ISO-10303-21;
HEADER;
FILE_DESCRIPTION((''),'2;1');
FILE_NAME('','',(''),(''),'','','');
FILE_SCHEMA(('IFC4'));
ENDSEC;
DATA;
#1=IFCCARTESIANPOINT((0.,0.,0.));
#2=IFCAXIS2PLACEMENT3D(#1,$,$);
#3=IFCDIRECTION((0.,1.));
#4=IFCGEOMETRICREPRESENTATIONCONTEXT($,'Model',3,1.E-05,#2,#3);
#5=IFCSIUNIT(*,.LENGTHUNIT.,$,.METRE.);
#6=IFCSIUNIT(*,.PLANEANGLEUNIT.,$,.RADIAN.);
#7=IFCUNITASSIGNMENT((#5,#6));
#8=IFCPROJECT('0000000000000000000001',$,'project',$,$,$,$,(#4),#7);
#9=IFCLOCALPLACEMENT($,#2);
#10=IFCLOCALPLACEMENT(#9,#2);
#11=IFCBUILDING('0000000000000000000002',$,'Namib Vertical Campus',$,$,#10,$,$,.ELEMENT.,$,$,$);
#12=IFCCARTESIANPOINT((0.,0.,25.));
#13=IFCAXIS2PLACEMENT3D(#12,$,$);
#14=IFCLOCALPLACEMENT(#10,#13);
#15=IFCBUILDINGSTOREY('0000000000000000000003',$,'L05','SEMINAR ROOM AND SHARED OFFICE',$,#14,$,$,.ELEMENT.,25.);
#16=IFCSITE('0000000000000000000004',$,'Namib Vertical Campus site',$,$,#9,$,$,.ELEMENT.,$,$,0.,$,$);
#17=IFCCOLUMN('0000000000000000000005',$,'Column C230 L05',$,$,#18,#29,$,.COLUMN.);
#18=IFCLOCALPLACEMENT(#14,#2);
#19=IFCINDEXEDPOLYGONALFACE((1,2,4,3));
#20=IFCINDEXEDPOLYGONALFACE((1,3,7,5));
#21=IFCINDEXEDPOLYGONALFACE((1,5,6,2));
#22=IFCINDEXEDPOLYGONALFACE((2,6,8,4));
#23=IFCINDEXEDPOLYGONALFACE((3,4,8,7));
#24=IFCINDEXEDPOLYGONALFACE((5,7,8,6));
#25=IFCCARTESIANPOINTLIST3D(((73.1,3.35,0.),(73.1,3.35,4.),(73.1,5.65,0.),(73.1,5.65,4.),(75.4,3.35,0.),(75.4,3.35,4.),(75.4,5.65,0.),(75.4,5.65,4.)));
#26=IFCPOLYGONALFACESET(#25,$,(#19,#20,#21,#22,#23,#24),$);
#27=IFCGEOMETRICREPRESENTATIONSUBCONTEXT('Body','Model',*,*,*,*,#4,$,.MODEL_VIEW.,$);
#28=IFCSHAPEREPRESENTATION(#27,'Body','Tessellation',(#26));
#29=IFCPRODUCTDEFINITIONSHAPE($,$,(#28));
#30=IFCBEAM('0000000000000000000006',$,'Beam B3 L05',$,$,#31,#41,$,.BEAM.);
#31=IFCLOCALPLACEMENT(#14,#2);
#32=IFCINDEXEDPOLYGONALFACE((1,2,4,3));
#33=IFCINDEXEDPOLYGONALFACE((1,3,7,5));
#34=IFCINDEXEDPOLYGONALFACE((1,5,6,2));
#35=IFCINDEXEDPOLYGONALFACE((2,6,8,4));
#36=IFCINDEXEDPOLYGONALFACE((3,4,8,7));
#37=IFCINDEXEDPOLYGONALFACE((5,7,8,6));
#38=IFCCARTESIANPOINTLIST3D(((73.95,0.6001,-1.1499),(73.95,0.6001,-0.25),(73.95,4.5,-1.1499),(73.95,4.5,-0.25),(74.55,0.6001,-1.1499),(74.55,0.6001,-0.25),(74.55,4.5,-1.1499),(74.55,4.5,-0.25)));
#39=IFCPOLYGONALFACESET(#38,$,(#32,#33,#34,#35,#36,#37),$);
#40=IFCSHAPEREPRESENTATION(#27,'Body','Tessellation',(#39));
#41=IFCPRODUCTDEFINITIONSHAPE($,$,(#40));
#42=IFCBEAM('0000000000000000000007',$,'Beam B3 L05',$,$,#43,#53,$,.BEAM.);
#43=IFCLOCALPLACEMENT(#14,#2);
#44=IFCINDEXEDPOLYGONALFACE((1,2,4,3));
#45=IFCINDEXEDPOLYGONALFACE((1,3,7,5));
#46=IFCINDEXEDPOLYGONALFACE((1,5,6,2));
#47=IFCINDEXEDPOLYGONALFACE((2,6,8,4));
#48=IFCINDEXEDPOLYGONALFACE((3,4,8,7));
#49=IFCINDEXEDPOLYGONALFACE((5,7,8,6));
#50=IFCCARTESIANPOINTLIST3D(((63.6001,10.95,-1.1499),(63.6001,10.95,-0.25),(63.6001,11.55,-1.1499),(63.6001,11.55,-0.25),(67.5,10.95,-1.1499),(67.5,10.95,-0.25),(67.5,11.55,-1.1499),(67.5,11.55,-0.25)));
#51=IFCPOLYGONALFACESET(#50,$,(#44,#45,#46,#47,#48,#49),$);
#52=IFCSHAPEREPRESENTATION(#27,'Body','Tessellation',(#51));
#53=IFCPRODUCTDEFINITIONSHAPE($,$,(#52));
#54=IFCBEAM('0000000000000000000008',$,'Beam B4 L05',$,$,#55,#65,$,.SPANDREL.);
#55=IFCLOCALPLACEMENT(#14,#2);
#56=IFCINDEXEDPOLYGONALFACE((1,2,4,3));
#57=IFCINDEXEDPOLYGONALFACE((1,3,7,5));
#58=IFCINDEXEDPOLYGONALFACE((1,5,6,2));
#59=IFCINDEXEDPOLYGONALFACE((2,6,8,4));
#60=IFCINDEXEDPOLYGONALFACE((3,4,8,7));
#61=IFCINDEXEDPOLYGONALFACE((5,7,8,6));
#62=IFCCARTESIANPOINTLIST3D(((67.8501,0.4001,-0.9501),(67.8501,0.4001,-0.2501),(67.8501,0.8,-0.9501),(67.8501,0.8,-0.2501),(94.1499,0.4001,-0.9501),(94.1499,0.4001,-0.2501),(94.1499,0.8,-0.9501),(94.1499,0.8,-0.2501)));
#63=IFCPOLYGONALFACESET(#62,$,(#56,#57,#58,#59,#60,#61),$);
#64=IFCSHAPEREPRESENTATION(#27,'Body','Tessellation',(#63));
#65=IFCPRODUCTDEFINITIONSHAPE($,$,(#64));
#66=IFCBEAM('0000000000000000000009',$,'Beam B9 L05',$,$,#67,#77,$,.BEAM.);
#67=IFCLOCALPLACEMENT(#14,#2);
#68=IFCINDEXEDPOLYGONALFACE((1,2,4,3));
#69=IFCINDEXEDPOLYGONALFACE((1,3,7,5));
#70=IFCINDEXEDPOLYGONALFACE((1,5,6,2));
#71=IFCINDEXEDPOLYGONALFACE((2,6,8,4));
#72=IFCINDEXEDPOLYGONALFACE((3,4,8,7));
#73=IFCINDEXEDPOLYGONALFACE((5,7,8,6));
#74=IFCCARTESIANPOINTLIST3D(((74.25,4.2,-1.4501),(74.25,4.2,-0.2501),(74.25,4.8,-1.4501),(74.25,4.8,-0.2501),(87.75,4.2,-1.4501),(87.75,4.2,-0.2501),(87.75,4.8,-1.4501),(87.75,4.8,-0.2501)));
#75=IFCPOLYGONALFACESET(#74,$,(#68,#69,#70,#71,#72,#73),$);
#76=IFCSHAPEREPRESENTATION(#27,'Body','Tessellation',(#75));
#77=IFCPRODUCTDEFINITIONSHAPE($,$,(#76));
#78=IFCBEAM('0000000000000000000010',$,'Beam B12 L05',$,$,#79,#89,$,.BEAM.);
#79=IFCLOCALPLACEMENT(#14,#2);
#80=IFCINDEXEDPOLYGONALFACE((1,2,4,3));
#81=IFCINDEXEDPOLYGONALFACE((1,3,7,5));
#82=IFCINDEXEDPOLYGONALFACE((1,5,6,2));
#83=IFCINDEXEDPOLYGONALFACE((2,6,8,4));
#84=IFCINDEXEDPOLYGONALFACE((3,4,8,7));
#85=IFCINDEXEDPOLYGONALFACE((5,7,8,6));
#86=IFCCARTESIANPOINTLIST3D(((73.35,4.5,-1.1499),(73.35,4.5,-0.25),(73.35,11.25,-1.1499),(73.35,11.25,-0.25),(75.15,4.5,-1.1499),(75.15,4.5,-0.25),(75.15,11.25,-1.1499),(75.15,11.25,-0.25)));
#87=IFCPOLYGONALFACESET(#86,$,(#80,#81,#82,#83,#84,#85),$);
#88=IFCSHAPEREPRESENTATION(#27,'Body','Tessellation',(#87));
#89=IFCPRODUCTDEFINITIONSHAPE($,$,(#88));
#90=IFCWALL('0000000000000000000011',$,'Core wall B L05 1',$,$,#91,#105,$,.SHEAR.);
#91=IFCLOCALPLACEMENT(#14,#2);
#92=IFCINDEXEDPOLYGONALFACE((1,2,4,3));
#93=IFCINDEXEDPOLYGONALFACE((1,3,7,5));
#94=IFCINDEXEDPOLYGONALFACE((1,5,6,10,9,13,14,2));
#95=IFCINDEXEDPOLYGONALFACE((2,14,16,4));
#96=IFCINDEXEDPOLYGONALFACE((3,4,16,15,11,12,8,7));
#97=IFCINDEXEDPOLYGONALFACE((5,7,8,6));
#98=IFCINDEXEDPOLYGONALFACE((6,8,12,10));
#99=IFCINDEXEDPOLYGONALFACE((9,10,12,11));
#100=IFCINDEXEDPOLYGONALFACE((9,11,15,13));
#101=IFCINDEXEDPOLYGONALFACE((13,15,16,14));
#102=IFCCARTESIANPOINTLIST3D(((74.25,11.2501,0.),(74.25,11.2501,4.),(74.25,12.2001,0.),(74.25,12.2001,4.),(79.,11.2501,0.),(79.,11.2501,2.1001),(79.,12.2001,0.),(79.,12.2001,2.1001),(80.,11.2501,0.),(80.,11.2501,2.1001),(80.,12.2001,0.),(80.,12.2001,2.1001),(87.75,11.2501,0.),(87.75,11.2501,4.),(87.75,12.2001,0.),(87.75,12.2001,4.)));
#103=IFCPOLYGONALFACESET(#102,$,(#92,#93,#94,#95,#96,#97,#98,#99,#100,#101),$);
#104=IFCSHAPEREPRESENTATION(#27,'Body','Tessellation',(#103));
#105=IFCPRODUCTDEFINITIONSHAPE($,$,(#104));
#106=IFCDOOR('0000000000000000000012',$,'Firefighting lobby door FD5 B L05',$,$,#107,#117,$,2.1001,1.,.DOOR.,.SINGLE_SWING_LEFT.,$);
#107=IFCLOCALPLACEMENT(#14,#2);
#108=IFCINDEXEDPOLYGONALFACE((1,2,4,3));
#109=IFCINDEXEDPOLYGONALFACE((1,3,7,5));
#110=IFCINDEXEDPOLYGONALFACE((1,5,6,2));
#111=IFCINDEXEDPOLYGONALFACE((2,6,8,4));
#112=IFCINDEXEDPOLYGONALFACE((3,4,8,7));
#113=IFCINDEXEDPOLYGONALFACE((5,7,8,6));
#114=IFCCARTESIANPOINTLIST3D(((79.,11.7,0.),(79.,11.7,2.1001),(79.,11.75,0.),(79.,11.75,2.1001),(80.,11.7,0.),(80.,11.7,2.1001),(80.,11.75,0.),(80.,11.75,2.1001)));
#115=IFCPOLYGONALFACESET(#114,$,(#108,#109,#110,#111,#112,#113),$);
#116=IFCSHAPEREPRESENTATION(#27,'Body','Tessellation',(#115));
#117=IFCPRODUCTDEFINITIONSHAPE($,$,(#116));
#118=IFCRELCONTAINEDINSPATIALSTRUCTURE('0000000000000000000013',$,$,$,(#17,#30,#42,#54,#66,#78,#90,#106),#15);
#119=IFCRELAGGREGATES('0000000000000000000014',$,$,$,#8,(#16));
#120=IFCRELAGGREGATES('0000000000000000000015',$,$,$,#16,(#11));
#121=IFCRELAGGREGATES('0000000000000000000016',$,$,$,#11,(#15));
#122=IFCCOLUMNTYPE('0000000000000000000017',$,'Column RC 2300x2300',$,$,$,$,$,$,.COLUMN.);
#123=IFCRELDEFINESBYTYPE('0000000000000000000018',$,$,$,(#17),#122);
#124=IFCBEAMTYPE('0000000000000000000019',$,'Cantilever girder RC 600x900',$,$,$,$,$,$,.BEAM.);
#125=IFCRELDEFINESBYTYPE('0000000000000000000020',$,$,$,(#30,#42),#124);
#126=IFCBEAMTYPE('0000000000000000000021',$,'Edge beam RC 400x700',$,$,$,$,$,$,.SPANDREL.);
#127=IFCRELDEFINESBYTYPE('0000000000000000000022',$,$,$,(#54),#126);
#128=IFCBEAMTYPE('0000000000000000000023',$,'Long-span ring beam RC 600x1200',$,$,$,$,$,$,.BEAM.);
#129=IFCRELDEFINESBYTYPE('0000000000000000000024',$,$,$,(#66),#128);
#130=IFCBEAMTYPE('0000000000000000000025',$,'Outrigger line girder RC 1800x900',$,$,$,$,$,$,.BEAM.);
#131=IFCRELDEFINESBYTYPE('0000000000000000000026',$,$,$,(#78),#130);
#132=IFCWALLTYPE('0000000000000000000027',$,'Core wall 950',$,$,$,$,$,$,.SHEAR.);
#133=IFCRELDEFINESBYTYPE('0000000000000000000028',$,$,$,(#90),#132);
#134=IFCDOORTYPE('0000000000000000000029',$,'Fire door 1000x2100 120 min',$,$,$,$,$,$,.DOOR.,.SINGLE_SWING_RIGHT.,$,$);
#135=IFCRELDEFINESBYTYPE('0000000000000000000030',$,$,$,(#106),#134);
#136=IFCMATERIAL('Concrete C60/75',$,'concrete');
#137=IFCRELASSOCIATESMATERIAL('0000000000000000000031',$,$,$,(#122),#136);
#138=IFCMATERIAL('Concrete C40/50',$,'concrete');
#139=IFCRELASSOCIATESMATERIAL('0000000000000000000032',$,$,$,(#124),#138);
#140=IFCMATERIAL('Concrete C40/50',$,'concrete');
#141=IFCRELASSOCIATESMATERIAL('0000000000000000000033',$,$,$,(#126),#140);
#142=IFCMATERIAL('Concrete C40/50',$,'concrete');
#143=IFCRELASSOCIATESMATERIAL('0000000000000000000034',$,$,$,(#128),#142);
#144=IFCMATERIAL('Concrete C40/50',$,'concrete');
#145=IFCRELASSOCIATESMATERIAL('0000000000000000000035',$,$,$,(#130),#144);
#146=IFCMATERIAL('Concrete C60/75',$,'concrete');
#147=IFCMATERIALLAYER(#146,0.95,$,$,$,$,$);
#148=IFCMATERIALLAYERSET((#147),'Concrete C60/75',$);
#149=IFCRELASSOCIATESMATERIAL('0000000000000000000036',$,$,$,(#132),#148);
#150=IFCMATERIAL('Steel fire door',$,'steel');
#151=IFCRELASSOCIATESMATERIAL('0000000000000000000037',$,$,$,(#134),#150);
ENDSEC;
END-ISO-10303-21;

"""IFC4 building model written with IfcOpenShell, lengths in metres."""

from ifc_helpers import new_model, si_unit, direction, frame, frame_2d, origin, origin_2d, place, context, subcontext, project, spatial, rectangle, extrude, material, layer, layer_set, material_profile, profile_set, type_object, element, fill, save


model = new_model("IFC4")

# Units and contexts
model_context = context("Model", 3, precision=1e-05, world=origin(), true_north=direction((0.0, 1.0)))
body_context = subcontext(model_context, "Body", "Model", "MODEL_VIEW")
ifc_project = project(units=[si_unit("LENGTHUNIT", "METRE"), si_unit("PLANEANGLEUNIT", "RADIAN")], contexts=[model_context])

# Site, building, storey
site_placement = place(None, origin())
site = spatial("IfcSite", under=ifc_project, at=site_placement, Name="Namib Vertical Campus site", CompositionType="ELEMENT", RefElevation=0.0)
building_placement = place(site_placement, origin())
building = spatial("IfcBuilding", under=site, at=building_placement, Name="Namib Vertical Campus", CompositionType="ELEMENT")
storey_placement = place(building_placement, frame((0.0, 0.0, 25.0)))
storey = spatial("IfcBuildingStorey", under=building, at=storey_placement, Name="L05", Description="SEMINAR ROOM AND SHARED OFFICE", CompositionType="ELEMENT", Elevation=25.0)

# Column
ifc_material_1 = material(Name="Concrete C60/75", Category="concrete")
ifc_material_profile_1 = material_profile(ifc_material_1, rectangle(XDim=2.3, YDim=2.3, at=origin_2d()))
ifc_profile_set_1 = profile_set([ifc_material_profile_1], Name="Concrete C60/75")
column_type = type_object("IfcColumnType", Name="Column RC 2300x2300", PredefinedType="COLUMN", material=ifc_profile_set_1)
column_placement = place(storey_placement, frame((74.25, 4.5, 0.0), z_axis=(0.0, 0.0, 1.0), x_axis=(1.0, 0.0, 0.0)))
element("IfcColumn", 1, at=column_placement, inside=storey, type_object=column_type, Name="Column C230 L05", PredefinedType="COLUMN", context=body_context, shape_type="SweptSolid", body=[
    extrude(rectangle(XDim=2.3, YDim=2.3, at=origin_2d()), origin(), (0.0, 0.0, 1.0), 4.0),
])

# Beams
ifc_material_2 = material(Name="Concrete C40/50", Category="concrete")
ifc_material_profile_2 = material_profile(ifc_material_2, rectangle(XDim=0.6001, YDim=0.8999, at=origin_2d()))
ifc_profile_set_2 = profile_set([ifc_material_profile_2], Name="Concrete C40/50")
beam_type_1 = type_object("IfcBeamType", Name="Cantilever girder RC 600x900", PredefinedType="BEAM", material=ifc_profile_set_2)
for number, where, z_axis, x_axis, name in (
    (2, (74.25, 4.5, -0.7), (0.0, -1.0, 0.0), (1.0, 0.0, 0.0), "Beam B3 L05"),
    (3, (67.5, 11.25, -0.7), (-1.0, 0.0, 0.0), (0.0, -1.0, 0.0), "Beam B3 L05"),
):
    element("IfcBeam", number, at=place(storey_placement, frame(where, z_axis=z_axis, x_axis=x_axis)), inside=storey, type_object=beam_type_1, Name=name, PredefinedType="BEAM", context=body_context, shape_type="SweptSolid", body=[
        extrude(rectangle(XDim=0.6001, YDim=0.8999, at=origin_2d()), origin(), (0.0, 0.0, 1.0), 3.8999),
    ])
ifc_material_3 = material(Name="Concrete C40/50", Category="concrete")
ifc_material_profile_3 = material_profile(ifc_material_3, rectangle(XDim=0.3999, YDim=0.7, at=origin_2d()))
ifc_profile_set_3 = profile_set([ifc_material_profile_3], Name="Concrete C40/50")
beam_type_2 = type_object("IfcBeamType", Name="Edge beam RC 400x700", PredefinedType="SPANDREL", material=ifc_profile_set_3)
beam_1_placement = place(storey_placement, frame((67.8501, 0.6001, -0.6001), z_axis=(1.0, 0.0, 0.0), x_axis=(0.0, 1.0, 0.0)))
element("IfcBeam", 4, at=beam_1_placement, inside=storey, type_object=beam_type_2, Name="Beam B4 L05", PredefinedType="SPANDREL", context=body_context, shape_type="SweptSolid", body=[
    extrude(rectangle(XDim=0.3999, YDim=0.7, at=origin_2d()), origin(), (0.0, 0.0, 1.0), 26.2998),
])
ifc_material_4 = material(Name="Concrete C40/50", Category="concrete")
ifc_material_profile_4 = material_profile(ifc_material_4, rectangle(XDim=0.6001, YDim=1.2, at=origin_2d()))
ifc_profile_set_4 = profile_set([ifc_material_profile_4], Name="Concrete C40/50")
beam_type_3 = type_object("IfcBeamType", Name="Long-span ring beam RC 600x1200", PredefinedType="BEAM", material=ifc_profile_set_4)
beam_2_placement = place(storey_placement, frame((74.25, 4.5, -0.8501), z_axis=(1.0, 0.0, 0.0), x_axis=(0.0, 1.0, 0.0)))
element("IfcBeam", 5, at=beam_2_placement, inside=storey, type_object=beam_type_3, Name="Beam B9 L05", PredefinedType="BEAM", context=body_context, shape_type="SweptSolid", body=[
    extrude(rectangle(XDim=0.6001, YDim=1.2, at=origin_2d()), origin(), (0.0, 0.0, 1.0), 13.5),
])
ifc_material_5 = material(Name="Concrete C40/50", Category="concrete")
ifc_material_profile_5 = material_profile(ifc_material_5, rectangle(XDim=1.8, YDim=0.8999, at=origin_2d()))
ifc_profile_set_5 = profile_set([ifc_material_profile_5], Name="Concrete C40/50")
beam_type_4 = type_object("IfcBeamType", Name="Outrigger line girder RC 1800x900", PredefinedType="BEAM", material=ifc_profile_set_5)
beam_3_placement = place(storey_placement, frame((74.25, 4.5, -0.7), z_axis=(0.0, 1.0, 0.0), x_axis=(-1.0, 0.0, 0.0)))
element("IfcBeam", 6, at=beam_3_placement, inside=storey, type_object=beam_type_4, Name="Beam B12 L05", PredefinedType="BEAM", context=body_context, shape_type="SweptSolid", body=[
    extrude(rectangle(XDim=1.8, YDim=0.8999, at=origin_2d()), origin(), (0.0, 0.0, 1.0), 6.75),
])

# Wall, opening, door
ifc_material_6 = material(Name="Concrete C60/75", Category="concrete")
ifc_layer_1 = layer(ifc_material_6, 0.95)
ifc_layer_set_1 = layer_set([ifc_layer_1], Name="Concrete C60/75")
wall_type_1 = type_object("IfcWallType", Name="Core wall 950", PredefinedType="SHEAR", material=ifc_layer_set_1)
wall_1_placement = place(storey_placement, frame((74.25, 11.7251, 0.0), z_axis=(0.0, 0.0, 1.0), x_axis=(1.0, 0.0, 0.0)))
wall_1 = element("IfcWall", 7, at=wall_1_placement, inside=storey, type_object=wall_type_1, Name="Core wall B L05 1", PredefinedType="SHEAR", context=body_context, shape_type="SweptSolid", body=[
    extrude(rectangle(XDim=13.5, YDim=0.95, at=frame_2d((6.75, 0.0))), origin(), (0.0, 0.0, 1.0), 4.0),
])
opening_1_placement = place(wall_1_placement, frame((4.75, 0.0, 0.0)))
opening_1 = element("IfcOpeningElement", 8, at=opening_1_placement, cuts=wall_1, PredefinedType="OPENING", context=body_context, shape_type="SweptSolid", body=[
    extrude(rectangle(XDim=1.0, YDim=2.1001, at=frame_2d((0.5, 1.05))), frame((0.0, 0.4849, 0.0), z_axis=(0.0, -1.0, 0.0), x_axis=(1.0, 0.0, 0.0)), (0.0, 0.0, 1.0), 0.97),
])
ifc_material_7 = material(Name="Steel fire door", Category="steel")
door_type_1 = type_object("IfcDoorType", Name="Fire door 1000x2100 120 min", OperationType="SINGLE_SWING_RIGHT", PredefinedType="DOOR", material=ifc_material_7)
door_1_placement = place(opening_1_placement, origin())
door_1 = element("IfcDoor", 9, at=door_1_placement, inside=storey, type_object=door_type_1, Name="Firefighting lobby door FD5 B L05", OperationType="SINGLE_SWING_LEFT", OverallHeight=2.1001, OverallWidth=1.0, PredefinedType="DOOR", context=body_context, shape_type="SweptSolid", body=[
    extrude(rectangle(XDim=1.0, YDim=2.1001, at=frame_2d((0.5, 1.05))), frame((0.0, 0.0249, 0.0), z_axis=(0.0, -1.0, 0.0), x_axis=(1.0, 0.0, 0.0)), (0.0, 0.0, 1.0), 0.05),
])
fill(opening_1, door_1)

save(model, "model.ifc")
